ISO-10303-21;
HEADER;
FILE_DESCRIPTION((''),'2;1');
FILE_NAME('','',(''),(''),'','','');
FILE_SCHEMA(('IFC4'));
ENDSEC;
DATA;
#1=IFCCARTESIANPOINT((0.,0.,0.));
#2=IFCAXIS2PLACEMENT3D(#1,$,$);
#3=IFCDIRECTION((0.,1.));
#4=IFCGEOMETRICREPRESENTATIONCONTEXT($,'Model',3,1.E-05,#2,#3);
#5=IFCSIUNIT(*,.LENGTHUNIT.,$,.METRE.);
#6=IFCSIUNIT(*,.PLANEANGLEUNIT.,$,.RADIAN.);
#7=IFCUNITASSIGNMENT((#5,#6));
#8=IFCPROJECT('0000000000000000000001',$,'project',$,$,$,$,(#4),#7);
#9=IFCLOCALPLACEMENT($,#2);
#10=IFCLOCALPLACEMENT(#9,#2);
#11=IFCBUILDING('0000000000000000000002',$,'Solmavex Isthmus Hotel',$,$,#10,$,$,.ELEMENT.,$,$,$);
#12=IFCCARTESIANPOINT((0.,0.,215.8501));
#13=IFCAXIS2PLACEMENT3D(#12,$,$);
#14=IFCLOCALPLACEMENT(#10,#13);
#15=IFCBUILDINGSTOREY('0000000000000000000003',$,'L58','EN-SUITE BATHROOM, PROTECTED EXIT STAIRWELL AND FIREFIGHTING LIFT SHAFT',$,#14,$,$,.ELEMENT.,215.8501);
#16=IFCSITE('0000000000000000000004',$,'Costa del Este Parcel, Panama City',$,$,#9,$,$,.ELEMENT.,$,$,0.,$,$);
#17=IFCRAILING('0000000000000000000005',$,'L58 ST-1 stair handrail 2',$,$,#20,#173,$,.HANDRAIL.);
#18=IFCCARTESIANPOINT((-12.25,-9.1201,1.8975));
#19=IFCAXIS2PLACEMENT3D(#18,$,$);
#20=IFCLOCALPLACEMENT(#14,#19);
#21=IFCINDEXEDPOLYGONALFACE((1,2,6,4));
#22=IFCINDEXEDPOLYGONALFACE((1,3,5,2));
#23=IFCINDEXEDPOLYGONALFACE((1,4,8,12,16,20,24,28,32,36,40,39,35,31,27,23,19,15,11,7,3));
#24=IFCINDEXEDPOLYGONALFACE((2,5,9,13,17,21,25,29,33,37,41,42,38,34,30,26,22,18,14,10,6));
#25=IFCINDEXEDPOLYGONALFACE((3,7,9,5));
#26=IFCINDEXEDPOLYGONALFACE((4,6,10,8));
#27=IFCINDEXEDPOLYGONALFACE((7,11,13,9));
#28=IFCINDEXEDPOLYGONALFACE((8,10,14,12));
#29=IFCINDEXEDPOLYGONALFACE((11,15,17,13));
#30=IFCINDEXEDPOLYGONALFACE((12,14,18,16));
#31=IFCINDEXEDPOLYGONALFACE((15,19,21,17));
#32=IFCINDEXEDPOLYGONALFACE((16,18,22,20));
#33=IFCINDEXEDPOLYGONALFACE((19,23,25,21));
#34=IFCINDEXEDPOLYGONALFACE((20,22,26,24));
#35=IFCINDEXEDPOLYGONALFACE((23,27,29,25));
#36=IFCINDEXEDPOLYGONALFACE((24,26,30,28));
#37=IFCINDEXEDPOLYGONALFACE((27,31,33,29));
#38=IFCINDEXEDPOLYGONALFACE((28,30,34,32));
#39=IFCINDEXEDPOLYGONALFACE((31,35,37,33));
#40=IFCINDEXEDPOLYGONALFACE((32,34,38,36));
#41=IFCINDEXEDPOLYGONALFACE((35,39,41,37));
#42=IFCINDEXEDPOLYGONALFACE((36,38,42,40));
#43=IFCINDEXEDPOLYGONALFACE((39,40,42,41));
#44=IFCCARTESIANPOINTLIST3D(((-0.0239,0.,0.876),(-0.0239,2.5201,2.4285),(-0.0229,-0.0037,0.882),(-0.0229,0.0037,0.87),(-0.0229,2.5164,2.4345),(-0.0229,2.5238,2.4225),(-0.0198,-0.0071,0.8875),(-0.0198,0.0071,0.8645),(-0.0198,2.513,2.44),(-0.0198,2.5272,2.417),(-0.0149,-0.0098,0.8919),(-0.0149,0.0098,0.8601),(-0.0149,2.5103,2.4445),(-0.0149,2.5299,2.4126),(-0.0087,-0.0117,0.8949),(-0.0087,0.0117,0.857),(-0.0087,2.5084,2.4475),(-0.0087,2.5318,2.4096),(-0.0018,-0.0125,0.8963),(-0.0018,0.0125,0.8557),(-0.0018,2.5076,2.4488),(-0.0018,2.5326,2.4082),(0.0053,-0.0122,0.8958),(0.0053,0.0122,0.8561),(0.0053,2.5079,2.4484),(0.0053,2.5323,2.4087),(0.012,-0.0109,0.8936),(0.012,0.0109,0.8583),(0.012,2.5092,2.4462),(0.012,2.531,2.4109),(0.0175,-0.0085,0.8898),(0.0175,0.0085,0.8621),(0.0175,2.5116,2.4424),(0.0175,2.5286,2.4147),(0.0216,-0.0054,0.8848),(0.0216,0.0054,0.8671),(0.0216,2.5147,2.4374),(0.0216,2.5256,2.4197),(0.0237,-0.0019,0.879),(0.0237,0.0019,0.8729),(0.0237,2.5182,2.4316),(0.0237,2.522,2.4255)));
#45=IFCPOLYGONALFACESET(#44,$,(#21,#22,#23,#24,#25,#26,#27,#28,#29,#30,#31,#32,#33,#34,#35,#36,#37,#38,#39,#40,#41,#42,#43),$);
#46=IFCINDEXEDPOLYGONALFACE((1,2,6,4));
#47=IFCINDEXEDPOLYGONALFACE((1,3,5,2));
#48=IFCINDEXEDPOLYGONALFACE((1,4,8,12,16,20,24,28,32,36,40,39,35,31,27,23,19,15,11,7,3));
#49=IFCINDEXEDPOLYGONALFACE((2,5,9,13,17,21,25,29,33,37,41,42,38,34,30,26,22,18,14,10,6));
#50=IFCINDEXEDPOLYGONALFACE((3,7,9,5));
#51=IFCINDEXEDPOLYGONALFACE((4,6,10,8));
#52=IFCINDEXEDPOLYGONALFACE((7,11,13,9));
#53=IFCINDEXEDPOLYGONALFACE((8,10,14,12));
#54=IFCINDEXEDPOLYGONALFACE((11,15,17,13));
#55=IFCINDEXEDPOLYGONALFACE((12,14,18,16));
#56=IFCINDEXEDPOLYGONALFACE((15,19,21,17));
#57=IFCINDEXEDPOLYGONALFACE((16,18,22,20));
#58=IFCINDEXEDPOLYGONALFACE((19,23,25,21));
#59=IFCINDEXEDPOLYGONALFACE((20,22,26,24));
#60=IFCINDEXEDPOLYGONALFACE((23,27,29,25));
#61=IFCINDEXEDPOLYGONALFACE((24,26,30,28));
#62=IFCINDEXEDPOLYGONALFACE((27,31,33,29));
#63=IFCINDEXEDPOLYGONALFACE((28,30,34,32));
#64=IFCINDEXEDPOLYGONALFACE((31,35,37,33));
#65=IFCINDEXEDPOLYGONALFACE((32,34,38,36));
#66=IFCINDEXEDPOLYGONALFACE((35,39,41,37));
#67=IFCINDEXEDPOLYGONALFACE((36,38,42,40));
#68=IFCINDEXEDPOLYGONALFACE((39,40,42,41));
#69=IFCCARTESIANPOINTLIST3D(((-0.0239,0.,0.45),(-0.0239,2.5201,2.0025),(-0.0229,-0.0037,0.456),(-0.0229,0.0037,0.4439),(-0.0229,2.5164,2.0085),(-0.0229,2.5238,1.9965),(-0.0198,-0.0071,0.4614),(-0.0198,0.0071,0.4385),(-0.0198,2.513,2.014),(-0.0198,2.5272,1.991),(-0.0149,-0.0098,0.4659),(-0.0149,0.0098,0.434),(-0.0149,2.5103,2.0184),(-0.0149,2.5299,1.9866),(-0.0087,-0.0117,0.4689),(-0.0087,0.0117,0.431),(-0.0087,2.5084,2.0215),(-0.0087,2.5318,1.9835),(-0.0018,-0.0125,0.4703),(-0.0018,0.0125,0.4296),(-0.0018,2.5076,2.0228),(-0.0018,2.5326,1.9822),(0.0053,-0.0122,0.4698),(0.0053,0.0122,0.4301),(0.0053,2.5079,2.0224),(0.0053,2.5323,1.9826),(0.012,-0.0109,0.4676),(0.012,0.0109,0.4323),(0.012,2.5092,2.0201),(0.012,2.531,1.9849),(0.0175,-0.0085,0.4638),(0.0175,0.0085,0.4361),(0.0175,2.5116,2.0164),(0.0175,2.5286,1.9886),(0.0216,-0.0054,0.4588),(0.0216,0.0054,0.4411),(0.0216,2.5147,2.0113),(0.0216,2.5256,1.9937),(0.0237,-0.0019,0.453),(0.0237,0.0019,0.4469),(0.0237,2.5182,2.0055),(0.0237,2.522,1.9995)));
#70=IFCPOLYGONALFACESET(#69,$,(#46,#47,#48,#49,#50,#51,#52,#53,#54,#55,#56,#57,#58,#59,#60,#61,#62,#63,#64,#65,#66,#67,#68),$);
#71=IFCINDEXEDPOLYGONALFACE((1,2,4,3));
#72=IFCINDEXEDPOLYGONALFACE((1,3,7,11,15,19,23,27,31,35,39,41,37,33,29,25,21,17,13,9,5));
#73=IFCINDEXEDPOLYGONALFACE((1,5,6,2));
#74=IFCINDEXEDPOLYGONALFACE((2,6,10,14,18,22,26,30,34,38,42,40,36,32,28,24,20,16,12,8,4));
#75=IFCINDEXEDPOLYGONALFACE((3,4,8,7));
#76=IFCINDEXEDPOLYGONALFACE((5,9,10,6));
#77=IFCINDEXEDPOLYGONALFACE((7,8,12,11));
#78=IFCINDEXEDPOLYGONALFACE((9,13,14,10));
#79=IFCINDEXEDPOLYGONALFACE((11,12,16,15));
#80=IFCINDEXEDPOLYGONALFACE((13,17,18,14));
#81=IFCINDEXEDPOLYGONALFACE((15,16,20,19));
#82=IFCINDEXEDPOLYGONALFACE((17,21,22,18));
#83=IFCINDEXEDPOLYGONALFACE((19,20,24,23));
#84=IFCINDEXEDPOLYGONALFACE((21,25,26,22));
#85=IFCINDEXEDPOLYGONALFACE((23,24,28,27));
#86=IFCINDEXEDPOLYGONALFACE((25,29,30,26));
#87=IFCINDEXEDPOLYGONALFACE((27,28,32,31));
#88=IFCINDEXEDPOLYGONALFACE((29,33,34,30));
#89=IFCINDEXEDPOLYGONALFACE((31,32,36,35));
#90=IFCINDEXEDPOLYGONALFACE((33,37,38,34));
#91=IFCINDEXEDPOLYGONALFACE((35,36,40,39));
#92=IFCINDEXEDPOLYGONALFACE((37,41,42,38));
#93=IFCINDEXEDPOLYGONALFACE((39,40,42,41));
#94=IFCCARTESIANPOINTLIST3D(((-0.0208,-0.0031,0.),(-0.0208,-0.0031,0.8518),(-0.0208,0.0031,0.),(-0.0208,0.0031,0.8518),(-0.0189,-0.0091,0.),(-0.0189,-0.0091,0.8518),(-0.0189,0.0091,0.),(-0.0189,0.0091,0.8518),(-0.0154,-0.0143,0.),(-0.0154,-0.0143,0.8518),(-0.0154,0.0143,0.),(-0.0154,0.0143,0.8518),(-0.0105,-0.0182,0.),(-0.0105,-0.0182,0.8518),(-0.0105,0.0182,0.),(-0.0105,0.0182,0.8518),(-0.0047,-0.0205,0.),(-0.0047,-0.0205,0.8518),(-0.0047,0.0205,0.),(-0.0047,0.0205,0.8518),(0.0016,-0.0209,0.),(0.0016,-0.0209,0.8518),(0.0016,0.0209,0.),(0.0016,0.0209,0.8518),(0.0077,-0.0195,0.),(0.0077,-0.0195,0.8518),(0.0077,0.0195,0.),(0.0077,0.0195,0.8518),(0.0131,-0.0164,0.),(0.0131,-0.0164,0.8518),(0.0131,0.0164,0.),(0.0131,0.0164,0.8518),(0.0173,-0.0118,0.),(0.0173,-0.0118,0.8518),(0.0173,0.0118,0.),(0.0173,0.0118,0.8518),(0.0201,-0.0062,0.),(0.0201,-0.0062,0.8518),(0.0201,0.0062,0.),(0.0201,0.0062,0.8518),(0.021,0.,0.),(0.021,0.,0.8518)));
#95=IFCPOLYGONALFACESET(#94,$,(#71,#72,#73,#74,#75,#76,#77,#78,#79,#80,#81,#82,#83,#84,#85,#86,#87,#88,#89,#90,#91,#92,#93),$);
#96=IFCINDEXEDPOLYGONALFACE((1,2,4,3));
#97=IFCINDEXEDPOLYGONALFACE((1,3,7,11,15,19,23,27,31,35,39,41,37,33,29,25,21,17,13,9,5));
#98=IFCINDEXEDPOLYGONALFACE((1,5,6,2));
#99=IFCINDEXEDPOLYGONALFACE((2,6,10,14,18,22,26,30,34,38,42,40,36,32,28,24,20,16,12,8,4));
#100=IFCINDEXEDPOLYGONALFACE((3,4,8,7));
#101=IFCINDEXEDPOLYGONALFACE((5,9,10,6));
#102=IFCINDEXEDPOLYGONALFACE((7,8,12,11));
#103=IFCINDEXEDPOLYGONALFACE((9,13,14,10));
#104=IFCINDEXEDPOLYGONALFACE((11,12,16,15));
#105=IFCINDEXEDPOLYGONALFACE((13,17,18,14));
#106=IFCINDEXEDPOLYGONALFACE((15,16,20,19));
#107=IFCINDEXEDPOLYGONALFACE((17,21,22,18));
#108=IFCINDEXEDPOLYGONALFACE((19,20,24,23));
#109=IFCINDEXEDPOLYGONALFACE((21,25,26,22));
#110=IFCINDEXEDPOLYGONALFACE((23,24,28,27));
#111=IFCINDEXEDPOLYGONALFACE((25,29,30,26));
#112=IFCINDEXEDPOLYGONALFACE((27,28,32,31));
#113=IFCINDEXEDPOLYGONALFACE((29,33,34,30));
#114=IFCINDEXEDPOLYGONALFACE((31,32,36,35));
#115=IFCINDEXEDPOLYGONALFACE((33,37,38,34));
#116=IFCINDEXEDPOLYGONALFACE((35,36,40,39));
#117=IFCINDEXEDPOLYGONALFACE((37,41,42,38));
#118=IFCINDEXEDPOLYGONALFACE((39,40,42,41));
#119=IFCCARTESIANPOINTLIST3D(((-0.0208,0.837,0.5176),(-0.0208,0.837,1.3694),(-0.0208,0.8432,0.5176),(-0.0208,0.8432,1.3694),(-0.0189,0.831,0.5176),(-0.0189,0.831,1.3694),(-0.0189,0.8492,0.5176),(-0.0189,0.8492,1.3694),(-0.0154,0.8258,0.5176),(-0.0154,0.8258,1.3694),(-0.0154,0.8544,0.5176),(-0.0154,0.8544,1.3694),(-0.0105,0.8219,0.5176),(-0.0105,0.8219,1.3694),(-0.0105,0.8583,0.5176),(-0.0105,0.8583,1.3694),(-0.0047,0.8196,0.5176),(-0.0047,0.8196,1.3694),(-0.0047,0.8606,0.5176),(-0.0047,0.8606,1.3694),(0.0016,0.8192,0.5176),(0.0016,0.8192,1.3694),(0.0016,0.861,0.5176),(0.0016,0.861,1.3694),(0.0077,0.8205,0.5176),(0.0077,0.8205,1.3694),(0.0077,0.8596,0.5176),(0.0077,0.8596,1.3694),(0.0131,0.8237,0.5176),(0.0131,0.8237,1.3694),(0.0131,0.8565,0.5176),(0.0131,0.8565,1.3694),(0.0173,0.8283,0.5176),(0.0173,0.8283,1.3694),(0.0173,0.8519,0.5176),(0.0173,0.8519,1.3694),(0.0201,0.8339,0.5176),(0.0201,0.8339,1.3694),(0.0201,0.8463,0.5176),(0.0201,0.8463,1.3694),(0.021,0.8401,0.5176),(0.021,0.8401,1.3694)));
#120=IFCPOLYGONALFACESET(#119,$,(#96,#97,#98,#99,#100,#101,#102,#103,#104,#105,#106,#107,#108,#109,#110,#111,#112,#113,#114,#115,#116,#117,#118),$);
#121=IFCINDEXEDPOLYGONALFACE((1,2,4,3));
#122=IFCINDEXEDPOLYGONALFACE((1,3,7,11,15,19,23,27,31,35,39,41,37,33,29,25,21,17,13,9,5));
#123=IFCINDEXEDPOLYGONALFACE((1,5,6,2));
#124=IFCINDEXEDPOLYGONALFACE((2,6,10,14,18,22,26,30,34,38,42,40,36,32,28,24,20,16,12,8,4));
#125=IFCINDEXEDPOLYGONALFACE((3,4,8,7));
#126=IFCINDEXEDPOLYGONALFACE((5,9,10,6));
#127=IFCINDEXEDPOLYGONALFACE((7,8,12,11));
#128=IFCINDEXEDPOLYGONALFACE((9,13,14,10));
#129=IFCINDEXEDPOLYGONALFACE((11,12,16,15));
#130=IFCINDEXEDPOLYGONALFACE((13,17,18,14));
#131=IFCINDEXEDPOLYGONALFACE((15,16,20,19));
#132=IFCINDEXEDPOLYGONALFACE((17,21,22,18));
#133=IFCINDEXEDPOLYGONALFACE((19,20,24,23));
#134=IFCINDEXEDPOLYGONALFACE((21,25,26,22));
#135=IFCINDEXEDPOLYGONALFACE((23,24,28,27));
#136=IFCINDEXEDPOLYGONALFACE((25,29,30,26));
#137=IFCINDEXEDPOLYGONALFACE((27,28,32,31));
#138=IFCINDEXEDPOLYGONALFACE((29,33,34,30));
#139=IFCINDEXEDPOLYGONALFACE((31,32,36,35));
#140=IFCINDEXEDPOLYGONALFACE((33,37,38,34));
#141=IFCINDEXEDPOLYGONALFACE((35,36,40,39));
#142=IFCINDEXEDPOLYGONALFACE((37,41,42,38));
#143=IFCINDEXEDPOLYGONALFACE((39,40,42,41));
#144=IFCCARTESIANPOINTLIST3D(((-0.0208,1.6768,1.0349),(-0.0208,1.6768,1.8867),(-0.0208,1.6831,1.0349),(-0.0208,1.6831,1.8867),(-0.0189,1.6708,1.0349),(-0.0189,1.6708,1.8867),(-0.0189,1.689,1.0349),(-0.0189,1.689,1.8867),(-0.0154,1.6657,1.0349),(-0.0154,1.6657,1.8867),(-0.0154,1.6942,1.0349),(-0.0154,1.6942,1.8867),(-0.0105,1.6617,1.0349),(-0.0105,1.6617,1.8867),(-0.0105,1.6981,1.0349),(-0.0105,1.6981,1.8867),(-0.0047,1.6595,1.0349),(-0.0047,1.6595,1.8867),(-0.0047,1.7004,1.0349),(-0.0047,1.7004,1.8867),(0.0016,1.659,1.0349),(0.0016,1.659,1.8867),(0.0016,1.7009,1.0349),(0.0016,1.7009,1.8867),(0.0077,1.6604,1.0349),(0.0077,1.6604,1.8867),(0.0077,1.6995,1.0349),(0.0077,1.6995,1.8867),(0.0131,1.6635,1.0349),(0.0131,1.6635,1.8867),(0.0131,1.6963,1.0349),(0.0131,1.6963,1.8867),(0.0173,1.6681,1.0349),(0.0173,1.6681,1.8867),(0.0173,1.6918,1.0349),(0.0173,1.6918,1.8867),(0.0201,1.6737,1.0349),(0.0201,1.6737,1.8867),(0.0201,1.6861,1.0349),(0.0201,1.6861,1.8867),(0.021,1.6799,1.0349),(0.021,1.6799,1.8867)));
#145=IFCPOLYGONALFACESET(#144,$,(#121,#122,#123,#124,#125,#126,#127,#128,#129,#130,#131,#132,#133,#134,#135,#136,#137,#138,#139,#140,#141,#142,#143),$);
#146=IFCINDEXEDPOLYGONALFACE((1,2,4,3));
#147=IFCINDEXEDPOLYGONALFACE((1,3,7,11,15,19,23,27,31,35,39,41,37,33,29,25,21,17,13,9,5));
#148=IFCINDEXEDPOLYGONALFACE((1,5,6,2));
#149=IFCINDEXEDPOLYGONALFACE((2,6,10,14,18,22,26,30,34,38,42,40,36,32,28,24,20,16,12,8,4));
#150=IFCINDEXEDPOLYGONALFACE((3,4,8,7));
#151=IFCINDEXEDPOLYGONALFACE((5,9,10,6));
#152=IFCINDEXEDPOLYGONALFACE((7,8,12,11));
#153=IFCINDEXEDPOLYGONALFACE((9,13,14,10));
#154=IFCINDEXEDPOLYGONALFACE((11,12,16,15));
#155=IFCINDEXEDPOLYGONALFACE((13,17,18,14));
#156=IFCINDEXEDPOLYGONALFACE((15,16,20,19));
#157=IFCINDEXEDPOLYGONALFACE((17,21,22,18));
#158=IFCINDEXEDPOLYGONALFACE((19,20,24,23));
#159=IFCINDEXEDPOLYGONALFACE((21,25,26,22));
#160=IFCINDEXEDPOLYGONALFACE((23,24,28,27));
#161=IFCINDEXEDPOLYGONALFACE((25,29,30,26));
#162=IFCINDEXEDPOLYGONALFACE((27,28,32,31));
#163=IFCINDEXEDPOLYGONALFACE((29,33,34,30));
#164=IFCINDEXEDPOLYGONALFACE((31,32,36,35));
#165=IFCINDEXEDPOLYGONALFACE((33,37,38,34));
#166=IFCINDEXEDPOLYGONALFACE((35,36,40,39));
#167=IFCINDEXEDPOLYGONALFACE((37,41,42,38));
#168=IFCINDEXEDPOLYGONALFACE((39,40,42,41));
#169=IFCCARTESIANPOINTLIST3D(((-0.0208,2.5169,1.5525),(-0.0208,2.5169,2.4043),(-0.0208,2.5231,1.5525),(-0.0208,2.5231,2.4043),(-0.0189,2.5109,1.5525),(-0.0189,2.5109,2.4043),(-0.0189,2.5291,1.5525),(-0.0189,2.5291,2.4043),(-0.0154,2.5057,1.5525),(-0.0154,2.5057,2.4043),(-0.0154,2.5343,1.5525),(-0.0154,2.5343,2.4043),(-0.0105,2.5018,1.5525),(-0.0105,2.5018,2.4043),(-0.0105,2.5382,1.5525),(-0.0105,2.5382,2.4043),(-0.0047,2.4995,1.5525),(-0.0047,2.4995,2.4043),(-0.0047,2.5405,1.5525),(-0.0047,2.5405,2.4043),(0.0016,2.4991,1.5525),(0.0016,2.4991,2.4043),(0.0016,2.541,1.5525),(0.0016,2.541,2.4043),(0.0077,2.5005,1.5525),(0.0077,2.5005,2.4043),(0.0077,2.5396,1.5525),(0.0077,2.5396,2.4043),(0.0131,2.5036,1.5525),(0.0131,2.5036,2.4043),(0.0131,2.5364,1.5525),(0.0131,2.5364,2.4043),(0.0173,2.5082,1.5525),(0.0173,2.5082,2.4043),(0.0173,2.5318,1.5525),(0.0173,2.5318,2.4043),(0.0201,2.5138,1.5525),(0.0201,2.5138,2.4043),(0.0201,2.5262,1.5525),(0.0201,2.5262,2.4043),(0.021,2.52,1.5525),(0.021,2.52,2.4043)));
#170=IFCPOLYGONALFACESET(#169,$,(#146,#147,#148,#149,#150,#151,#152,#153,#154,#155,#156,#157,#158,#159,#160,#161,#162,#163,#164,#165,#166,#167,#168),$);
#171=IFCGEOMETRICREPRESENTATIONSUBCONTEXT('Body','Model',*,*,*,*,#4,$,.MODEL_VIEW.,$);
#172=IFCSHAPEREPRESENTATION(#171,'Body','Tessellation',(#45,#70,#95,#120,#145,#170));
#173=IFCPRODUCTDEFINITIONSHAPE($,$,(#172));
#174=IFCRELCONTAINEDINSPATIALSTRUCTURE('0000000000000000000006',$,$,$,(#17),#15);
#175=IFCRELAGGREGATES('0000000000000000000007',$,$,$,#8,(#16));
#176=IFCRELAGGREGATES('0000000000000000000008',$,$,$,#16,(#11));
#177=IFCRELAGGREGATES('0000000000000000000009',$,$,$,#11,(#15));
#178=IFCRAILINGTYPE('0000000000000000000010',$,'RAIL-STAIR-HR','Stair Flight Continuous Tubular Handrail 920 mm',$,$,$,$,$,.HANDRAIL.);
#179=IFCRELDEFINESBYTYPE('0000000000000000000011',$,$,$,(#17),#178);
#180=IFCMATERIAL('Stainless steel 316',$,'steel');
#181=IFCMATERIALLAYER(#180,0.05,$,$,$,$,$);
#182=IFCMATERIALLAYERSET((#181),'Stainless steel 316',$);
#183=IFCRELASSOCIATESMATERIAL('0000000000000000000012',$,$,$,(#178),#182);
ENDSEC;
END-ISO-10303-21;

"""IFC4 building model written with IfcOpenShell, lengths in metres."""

from ifc_helpers import new_model, si_unit, direction, frame, origin, origin_2d, place, context, subcontext, project, spatial, circle, extrude, material, layer, layer_set, type_object, element, save


model = new_model("IFC4")

# Units and contexts
model_context = context("Model", 3, precision=1e-05, world=origin(), true_north=direction((0.0, 1.0)))
body_context = subcontext(model_context, "Body", "Model", "MODEL_VIEW")
ifc_project = project(units=[si_unit("LENGTHUNIT", "METRE"), si_unit("PLANEANGLEUNIT", "RADIAN")], contexts=[model_context])

# Site, building, storey
site_placement = place(None, origin())
site = spatial("IfcSite", under=ifc_project, at=site_placement, Name="Costa del Este Parcel, Panama City", CompositionType="ELEMENT", RefElevation=0.0)
building_placement = place(site_placement, origin())
building = spatial("IfcBuilding", under=site, at=building_placement, Name="Solmavex Isthmus Hotel", CompositionType="ELEMENT")
storey_placement = place(building_placement, frame((0.0, 0.0, 215.8501)))
storey = spatial("IfcBuildingStorey", under=building, at=storey_placement, Name="L58", Description="EN-SUITE BATHROOM, PROTECTED EXIT STAIRWELL AND FIREFIGHTING LIFT SHAFT", CompositionType="ELEMENT", Elevation=215.8501)

# Railing
ifc_material_1 = material(Name="Stainless steel 316", Category="steel")
ifc_layer_1 = layer(ifc_material_1, 0.05)
ifc_layer_set_1 = layer_set([ifc_layer_1], Name="Stainless steel 316")
railing_type_1 = type_object("IfcRailingType", Name="RAIL-STAIR-HR", Description="Stair Flight Continuous Tubular Handrail 920 mm", PredefinedType="HANDRAIL", material=ifc_layer_set_1)
railing_1_placement = place(storey_placement, frame((-12.25, -9.1201, 1.8975)))
element("IfcRailing", 1, at=railing_1_placement, inside=storey, type_object=railing_type_1, Name="L58 ST-1 stair handrail 2", PredefinedType="HANDRAIL", context=body_context, shape_type="SweptSolid", body=[
    extrude(circle(Radius=0.0239, at=origin_2d()), frame((0.0, 0.0, 0.876), z_axis=(0.0, 0.8514, 0.524516), x_axis=(-1.0, 0.0, 0.0)), (0.0, 0.0, 1.0), 2.96),
    extrude(circle(Radius=0.0239, at=origin_2d()), frame((0.0, 0.0, 0.45), z_axis=(0.0, 0.8514, 0.524516), x_axis=(-1.0, 0.0, 0.0)), (0.0, 0.0, 1.0), 2.96),
    extrude(circle(Radius=0.021, at=origin_2d()), origin(), (0.0, 0.0, 1.0), 0.8518),
    extrude(circle(Radius=0.021, at=origin_2d()), frame((0.0, 0.8401, 0.5176)), (0.0, 0.0, 1.0), 0.8518),
    extrude(circle(Radius=0.021, at=origin_2d()), frame((0.0, 1.6799, 1.0349)), (0.0, 0.0, 1.0), 0.8518),
    extrude(circle(Radius=0.021, at=origin_2d()), frame((0.0, 2.52, 1.5525)), (0.0, 0.0, 1.0), 0.8518),
])

save(model, "model.ifc")
